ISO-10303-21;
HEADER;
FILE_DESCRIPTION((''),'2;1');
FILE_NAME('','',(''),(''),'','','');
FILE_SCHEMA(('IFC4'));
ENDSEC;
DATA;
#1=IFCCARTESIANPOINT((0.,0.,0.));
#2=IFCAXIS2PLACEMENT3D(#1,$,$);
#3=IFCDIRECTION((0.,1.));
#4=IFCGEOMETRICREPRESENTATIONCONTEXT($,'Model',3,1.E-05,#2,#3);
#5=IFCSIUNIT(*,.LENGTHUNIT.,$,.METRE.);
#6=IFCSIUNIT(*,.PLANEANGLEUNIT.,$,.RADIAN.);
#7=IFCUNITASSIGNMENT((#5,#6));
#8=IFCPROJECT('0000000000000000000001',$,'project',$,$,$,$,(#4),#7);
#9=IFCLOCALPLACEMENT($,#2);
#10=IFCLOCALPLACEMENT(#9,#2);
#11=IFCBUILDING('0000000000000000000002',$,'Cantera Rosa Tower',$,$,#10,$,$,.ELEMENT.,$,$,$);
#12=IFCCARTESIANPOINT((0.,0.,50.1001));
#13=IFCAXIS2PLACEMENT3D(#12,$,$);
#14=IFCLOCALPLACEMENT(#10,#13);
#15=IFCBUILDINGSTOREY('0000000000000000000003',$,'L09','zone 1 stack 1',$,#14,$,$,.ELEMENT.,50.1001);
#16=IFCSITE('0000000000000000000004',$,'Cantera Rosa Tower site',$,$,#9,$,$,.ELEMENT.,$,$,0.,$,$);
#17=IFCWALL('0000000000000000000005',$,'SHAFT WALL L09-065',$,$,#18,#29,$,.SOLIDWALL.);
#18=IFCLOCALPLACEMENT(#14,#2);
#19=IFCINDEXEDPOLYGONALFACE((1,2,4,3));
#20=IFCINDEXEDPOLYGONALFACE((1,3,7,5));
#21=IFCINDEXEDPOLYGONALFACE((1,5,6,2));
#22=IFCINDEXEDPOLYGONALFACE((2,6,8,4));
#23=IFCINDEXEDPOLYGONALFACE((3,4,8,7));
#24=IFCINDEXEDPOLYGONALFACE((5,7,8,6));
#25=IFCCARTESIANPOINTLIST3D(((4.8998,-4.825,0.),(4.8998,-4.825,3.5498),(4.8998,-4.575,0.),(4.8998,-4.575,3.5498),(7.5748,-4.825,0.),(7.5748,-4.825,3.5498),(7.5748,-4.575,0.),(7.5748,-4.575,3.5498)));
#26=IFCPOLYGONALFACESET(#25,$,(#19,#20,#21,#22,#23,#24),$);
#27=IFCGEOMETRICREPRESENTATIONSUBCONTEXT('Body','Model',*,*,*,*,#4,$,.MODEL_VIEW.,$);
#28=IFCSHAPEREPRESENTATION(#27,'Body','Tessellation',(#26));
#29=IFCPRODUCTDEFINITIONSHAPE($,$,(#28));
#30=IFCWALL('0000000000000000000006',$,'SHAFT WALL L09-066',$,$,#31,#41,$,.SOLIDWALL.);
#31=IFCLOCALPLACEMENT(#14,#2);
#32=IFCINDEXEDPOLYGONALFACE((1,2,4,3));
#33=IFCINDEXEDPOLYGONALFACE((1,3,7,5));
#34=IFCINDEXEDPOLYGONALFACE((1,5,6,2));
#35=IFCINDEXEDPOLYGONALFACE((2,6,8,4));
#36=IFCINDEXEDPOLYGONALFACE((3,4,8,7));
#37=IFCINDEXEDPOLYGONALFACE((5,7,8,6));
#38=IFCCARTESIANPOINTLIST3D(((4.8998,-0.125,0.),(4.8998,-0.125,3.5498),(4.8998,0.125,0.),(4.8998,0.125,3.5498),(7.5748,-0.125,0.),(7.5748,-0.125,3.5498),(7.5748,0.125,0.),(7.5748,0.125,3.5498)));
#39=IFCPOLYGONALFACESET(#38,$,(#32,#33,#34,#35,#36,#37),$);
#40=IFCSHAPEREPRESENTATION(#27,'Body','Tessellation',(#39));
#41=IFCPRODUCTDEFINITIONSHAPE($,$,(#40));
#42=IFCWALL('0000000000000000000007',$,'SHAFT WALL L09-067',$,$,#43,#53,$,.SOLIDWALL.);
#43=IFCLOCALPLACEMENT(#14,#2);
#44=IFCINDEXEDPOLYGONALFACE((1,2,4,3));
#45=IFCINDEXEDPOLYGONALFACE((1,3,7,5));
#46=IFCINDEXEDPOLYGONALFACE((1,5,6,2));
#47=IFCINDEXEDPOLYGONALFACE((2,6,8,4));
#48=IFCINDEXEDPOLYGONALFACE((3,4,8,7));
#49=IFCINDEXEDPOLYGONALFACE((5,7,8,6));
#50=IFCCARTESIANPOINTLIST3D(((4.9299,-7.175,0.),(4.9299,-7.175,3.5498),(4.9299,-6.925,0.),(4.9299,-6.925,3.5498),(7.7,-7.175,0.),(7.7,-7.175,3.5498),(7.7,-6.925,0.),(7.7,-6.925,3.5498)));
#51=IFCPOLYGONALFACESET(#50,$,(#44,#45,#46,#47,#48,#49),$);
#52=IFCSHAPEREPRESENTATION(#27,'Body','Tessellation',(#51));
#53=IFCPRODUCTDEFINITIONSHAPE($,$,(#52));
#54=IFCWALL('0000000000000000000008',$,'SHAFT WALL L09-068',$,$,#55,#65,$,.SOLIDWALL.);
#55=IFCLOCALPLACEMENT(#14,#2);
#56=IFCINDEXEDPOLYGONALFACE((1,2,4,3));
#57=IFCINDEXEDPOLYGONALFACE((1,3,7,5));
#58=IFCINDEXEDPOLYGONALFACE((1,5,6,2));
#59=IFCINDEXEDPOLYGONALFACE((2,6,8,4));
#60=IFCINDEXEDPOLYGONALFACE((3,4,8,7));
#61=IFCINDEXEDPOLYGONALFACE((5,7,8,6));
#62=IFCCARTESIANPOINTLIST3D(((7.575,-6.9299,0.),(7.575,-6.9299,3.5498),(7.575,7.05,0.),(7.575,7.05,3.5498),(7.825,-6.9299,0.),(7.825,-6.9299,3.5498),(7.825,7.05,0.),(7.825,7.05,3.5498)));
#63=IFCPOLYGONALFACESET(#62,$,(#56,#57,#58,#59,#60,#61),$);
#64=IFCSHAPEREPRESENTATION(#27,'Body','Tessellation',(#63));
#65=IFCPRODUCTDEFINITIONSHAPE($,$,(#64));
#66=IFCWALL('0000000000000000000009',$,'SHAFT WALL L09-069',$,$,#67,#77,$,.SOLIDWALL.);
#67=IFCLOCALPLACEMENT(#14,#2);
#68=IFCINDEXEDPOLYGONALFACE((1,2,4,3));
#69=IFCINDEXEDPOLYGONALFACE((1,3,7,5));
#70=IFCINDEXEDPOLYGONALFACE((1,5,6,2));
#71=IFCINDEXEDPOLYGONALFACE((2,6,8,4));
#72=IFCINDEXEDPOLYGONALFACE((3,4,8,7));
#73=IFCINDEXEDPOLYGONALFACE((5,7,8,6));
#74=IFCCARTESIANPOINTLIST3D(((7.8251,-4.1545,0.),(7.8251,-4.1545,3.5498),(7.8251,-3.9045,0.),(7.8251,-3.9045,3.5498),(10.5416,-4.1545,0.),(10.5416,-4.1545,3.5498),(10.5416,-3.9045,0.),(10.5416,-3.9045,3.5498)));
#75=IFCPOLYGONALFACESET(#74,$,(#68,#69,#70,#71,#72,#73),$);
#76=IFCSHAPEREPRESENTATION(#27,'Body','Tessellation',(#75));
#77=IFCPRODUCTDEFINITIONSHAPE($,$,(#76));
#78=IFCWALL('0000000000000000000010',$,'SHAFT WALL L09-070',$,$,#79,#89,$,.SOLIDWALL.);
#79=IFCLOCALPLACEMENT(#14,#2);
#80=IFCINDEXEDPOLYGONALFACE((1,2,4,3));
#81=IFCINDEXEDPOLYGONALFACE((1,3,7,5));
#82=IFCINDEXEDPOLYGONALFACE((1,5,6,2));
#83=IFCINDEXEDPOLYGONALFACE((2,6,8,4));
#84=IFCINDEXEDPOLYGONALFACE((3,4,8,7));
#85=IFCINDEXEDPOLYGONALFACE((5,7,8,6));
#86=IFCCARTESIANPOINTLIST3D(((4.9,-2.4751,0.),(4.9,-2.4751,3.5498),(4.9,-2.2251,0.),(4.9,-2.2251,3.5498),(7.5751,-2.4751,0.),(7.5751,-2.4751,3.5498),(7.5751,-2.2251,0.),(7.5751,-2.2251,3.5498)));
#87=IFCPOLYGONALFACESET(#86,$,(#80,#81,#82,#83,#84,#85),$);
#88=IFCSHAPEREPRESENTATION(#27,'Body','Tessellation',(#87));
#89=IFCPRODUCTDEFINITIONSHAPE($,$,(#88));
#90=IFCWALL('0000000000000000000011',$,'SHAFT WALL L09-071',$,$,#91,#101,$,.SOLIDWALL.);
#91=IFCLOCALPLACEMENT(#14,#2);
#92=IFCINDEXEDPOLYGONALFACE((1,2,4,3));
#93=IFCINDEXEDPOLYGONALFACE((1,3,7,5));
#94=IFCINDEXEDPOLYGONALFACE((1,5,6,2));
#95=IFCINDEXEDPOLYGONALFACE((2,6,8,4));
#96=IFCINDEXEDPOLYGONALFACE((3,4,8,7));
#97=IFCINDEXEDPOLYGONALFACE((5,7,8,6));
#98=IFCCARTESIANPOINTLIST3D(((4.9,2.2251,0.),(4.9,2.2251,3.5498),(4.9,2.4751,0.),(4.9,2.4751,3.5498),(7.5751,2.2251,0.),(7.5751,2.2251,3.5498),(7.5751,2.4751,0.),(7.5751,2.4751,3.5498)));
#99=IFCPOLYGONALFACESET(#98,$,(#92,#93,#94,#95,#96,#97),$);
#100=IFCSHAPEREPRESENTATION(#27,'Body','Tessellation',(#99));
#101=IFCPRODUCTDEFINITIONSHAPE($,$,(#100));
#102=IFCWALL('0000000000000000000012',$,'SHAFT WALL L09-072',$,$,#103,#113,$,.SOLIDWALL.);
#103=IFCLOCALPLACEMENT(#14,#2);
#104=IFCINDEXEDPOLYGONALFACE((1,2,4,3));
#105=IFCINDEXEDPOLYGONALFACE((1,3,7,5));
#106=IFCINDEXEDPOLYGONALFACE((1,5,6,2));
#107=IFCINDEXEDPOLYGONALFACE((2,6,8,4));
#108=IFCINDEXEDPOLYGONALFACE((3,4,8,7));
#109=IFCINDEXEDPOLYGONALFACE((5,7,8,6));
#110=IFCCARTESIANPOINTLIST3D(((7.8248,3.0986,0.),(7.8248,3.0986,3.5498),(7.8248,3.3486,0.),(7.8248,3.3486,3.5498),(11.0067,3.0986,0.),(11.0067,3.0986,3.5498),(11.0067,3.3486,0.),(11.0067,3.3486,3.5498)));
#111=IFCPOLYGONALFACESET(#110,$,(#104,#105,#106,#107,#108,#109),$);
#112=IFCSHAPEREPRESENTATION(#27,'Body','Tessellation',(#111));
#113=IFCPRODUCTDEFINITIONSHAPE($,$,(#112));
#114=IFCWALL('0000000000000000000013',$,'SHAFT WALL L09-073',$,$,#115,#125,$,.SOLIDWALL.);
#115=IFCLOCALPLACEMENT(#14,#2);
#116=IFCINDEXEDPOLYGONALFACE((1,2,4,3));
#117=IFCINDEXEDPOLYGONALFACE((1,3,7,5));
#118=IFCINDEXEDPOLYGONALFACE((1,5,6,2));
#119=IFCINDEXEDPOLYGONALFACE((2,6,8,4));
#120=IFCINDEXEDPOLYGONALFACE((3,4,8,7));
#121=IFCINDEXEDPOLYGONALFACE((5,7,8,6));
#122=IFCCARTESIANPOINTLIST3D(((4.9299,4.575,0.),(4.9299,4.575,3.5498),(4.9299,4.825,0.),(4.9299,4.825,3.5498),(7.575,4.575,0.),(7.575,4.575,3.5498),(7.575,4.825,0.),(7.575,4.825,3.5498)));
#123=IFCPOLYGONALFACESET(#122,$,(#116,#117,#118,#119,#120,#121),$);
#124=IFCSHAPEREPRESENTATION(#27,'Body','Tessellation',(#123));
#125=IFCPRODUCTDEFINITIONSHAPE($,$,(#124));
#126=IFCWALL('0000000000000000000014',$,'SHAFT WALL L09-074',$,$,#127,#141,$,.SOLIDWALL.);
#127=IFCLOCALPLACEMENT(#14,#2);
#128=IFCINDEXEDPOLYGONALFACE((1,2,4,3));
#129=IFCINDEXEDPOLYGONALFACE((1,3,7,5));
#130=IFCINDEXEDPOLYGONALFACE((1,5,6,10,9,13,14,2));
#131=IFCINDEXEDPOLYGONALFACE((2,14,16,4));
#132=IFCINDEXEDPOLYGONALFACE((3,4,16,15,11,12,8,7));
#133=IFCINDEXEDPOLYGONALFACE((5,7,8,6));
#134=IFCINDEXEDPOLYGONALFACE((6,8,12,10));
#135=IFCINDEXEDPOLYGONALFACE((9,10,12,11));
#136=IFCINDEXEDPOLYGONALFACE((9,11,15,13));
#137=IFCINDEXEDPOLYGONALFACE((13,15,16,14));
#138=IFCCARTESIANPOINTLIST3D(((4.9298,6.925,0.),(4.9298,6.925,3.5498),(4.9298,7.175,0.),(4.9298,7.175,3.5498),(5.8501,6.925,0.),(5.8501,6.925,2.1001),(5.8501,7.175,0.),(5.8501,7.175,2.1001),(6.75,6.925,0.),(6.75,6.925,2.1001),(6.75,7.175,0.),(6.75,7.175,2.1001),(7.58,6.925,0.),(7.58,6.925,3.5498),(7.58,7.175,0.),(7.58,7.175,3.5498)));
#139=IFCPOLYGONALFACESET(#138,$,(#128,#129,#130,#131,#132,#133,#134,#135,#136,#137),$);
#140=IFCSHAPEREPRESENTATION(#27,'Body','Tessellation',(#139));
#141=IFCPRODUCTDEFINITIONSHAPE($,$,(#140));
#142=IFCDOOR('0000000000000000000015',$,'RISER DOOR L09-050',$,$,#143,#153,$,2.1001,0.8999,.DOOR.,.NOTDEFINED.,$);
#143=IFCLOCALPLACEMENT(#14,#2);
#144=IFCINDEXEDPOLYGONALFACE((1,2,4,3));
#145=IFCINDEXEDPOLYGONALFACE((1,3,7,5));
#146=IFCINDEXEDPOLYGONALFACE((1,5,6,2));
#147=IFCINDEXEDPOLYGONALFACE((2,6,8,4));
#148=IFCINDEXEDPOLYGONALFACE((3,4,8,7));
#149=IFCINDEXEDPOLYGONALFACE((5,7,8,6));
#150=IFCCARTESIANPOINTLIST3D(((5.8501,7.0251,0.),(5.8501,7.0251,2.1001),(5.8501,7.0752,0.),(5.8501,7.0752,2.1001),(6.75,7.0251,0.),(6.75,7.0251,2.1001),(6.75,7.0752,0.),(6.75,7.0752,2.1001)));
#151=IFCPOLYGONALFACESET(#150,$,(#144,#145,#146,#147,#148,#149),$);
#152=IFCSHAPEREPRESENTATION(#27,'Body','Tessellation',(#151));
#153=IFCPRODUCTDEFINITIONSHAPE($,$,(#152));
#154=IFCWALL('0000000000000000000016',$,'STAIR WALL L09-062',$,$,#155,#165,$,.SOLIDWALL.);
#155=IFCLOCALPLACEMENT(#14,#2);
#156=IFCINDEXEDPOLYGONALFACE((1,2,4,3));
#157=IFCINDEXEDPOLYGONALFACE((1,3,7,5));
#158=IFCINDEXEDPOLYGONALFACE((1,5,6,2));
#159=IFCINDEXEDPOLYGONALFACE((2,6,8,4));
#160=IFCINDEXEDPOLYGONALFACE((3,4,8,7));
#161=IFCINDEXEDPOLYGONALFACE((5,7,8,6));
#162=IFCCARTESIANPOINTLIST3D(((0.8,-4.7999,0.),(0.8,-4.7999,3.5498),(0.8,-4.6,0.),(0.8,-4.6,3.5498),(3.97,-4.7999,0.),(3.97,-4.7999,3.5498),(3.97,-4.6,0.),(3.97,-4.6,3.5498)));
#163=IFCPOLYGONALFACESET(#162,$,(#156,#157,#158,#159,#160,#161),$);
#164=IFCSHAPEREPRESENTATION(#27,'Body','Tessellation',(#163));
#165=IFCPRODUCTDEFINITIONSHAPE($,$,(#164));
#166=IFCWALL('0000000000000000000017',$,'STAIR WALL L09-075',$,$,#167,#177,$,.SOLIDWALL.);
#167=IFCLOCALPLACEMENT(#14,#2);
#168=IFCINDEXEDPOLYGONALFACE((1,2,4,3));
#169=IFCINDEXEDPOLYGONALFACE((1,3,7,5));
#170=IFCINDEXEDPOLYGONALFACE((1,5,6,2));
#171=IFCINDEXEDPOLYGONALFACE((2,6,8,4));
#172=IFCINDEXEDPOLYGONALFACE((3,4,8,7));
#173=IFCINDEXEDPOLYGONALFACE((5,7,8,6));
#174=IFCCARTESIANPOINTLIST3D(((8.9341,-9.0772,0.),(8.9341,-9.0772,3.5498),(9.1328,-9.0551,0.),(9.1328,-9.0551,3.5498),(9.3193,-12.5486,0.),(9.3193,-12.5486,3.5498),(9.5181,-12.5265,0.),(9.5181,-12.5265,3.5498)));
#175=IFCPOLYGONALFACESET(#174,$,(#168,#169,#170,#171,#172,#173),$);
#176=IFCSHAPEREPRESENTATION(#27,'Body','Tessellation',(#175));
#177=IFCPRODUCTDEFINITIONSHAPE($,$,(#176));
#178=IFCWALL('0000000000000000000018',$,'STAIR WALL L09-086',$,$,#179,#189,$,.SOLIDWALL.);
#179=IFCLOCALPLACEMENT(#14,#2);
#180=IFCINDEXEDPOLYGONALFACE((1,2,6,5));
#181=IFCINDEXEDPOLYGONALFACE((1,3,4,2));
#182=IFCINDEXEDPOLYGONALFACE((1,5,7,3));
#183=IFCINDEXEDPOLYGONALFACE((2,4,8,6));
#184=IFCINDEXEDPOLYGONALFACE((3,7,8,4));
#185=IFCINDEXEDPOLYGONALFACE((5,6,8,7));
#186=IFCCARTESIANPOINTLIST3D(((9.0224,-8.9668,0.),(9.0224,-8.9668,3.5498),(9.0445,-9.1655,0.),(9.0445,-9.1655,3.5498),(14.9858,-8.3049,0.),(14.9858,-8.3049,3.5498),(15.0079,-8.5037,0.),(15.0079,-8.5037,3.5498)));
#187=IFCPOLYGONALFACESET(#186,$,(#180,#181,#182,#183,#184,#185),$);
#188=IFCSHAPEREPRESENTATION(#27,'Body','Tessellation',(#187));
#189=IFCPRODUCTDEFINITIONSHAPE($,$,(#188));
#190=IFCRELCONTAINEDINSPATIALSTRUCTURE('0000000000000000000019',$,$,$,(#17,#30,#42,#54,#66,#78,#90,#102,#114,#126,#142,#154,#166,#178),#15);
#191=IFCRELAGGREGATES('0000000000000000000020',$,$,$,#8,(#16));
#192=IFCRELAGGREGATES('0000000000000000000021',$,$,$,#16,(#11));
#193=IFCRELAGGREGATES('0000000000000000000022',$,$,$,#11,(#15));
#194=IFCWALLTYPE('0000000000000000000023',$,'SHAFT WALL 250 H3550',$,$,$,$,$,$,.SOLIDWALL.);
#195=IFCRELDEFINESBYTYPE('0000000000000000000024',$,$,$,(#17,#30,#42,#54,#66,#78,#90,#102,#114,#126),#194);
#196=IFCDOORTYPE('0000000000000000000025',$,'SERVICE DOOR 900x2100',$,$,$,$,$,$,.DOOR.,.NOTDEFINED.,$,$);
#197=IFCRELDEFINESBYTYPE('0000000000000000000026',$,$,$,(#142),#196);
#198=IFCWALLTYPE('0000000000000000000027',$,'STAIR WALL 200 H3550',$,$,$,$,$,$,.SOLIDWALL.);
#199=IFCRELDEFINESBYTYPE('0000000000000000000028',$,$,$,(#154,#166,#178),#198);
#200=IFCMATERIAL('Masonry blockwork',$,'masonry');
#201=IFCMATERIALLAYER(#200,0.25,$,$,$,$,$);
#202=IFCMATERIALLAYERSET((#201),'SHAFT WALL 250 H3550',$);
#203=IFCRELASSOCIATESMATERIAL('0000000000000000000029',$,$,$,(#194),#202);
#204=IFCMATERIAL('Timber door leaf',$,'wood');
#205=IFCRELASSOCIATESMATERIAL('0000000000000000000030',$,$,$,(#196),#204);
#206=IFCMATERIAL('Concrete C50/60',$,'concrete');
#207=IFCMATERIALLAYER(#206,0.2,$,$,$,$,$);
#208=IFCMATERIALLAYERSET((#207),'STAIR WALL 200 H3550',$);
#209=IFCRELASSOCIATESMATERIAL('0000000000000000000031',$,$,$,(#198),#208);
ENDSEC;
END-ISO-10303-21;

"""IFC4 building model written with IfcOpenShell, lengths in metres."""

from ifc_helpers import new_model, si_unit, direction, frame, frame_2d, origin, place, context, subcontext, project, spatial, rectangle, extrude, material, layer, layer_set, type_object, element, fill, save


model = new_model("IFC4")

# Units and contexts
model_context = context("Model", 3, precision=1e-05, world=origin(), true_north=direction((0.0, 1.0)))
body_context = subcontext(model_context, "Body", "Model", "MODEL_VIEW")
ifc_project = project(units=[si_unit("LENGTHUNIT", "METRE"), si_unit("PLANEANGLEUNIT", "RADIAN")], contexts=[model_context])

# Site, building, storey
site_placement = place(None, origin())
site = spatial("IfcSite", under=ifc_project, at=site_placement, Name="Cantera Rosa Tower site", CompositionType="ELEMENT", RefElevation=0.0)
building_placement = place(site_placement, origin())
building = spatial("IfcBuilding", under=site, at=building_placement, Name="Cantera Rosa Tower", CompositionType="ELEMENT")
storey_placement = place(building_placement, frame((0.0, 0.0, 50.1001)))
storey = spatial("IfcBuildingStorey", under=building, at=storey_placement, Name="L09", Description="zone 1 stack 1", CompositionType="ELEMENT", Elevation=50.1001)

# Walls
ifc_material_1 = material(Name="Masonry blockwork", Category="masonry")
ifc_layer_1 = layer(ifc_material_1, 0.25)
ifc_layer_set_1 = layer_set([ifc_layer_1], Name="SHAFT WALL 250 H3550")
wall_type_1 = type_object("IfcWallType", Name="SHAFT WALL 250 H3550", PredefinedType="SOLIDWALL", material=ifc_layer_set_1)
for number, where, z_axis, x_axis, name in (
    (1, (4.8999, -4.7, 0.0), (0.0, 0.0, 1.0), (1.0, 0.0, 0.0), "SHAFT WALL L09-065"),
    (2, (4.8999, 0.0, 0.0), (0.0, 0.0, 1.0), (1.0, 0.0, 0.0), "SHAFT WALL L09-066"),
):
    element("IfcWall", number, at=place(storey_placement, frame(where, z_axis=z_axis, x_axis=x_axis)), inside=storey, type_object=wall_type_1, Name=name, PredefinedType="SOLIDWALL", context=body_context, shape_type="SweptSolid", body=[
        extrude(rectangle(XDim=2.675, YDim=0.25, at=frame_2d((1.3374, 0.0))), origin(), (0.0, 0.0, 1.0), 3.5498),
    ])
wall_1_placement = place(storey_placement, frame((4.9299, -7.05, 0.0), z_axis=(0.0, 0.0, 1.0), x_axis=(1.0, 0.0, 0.0)))
element("IfcWall", 3, at=wall_1_placement, inside=storey, type_object=wall_type_1, Name="SHAFT WALL L09-067", PredefinedType="SOLIDWALL", context=body_context, shape_type="SweptSolid", body=[
    extrude(rectangle(XDim=2.77, YDim=0.25, at=frame_2d((1.385, 0.0))), origin(), (0.0, 0.0, 1.0), 3.5498),
])
wall_2_placement = place(storey_placement, frame((7.7, -6.9299, 0.0), z_axis=(0.0, 0.0, 1.0), x_axis=(0.0, 1.0, 0.0)))
element("IfcWall", 4, at=wall_2_placement, inside=storey, type_object=wall_type_1, Name="SHAFT WALL L09-068", PredefinedType="SOLIDWALL", context=body_context, shape_type="SweptSolid", body=[
    extrude(rectangle(XDim=13.98, YDim=0.25, at=frame_2d((6.99, 0.0))), origin(), (0.0, 0.0, 1.0), 3.5498),
])
wall_3_placement = place(storey_placement, frame((7.825, -4.0295, 0.0), z_axis=(0.0, 0.0, 1.0), x_axis=(1.0, 0.0, 0.0)))
element("IfcWall", 5, at=wall_3_placement, inside=storey, type_object=wall_type_1, Name="SHAFT WALL L09-069", PredefinedType="SOLIDWALL", context=body_context, shape_type="SweptSolid", body=[
    extrude(rectangle(XDim=2.7166, YDim=0.25, at=frame_2d((1.3584, 0.0))), origin(), (0.0, 0.0, 1.0), 3.5498),
])
for number, where, z_axis, x_axis, name in (
    (6, (7.575, -2.3501, 0.0), (0.0, 0.0, 1.0), (-1.0, 0.0, 0.0), "SHAFT WALL L09-070"),
    (7, (7.575, 2.3501, 0.0), (0.0, 0.0, 1.0), (-1.0, 0.0, 0.0), "SHAFT WALL L09-071"),
):
    element("IfcWall", number, at=place(storey_placement, frame(where, z_axis=z_axis, x_axis=x_axis)), inside=storey, type_object=wall_type_1, Name=name, PredefinedType="SOLIDWALL", context=body_context, shape_type="SweptSolid", body=[
        extrude(rectangle(XDim=2.675, YDim=0.25, at=frame_2d((1.3374, 0.0))), origin(), (0.0, 0.0, 1.0), 3.5498),
    ])
wall_4_placement = place(storey_placement, frame((7.825, 3.2236, 0.0), z_axis=(0.0, 0.0, 1.0), x_axis=(1.0, 0.0, 0.0)))
element("IfcWall", 8, at=wall_4_placement, inside=storey, type_object=wall_type_1, Name="SHAFT WALL L09-072", PredefinedType="SOLIDWALL", context=body_context, shape_type="SweptSolid", body=[
    extrude(rectangle(XDim=3.1819, YDim=0.25, at=frame_2d((1.5908, 0.0))), origin(), (0.0, 0.0, 1.0), 3.5498),
])
wall_5_placement = place(storey_placement, frame((7.575, 4.7, 0.0), z_axis=(0.0, 0.0, 1.0), x_axis=(-1.0, 0.0, 0.0)))
element("IfcWall", 9, at=wall_5_placement, inside=storey, type_object=wall_type_1, Name="SHAFT WALL L09-073", PredefinedType="SOLIDWALL", context=body_context, shape_type="SweptSolid", body=[
    extrude(rectangle(XDim=2.645, YDim=0.25, at=frame_2d((1.3225, 0.0))), origin(), (0.0, 0.0, 1.0), 3.5498),
])

# Wall, opening, door
wall_6_placement = place(storey_placement, frame((7.5801, 7.05, 0.0), z_axis=(0.0, 0.0, 1.0), x_axis=(-1.0, 0.0, 0.0)))
wall_6 = element("IfcWall", 10, at=wall_6_placement, inside=storey, type_object=wall_type_1, Name="SHAFT WALL L09-074", PredefinedType="SOLIDWALL", context=body_context, shape_type="SweptSolid", body=[
    extrude(rectangle(XDim=2.6501, YDim=0.25, at=frame_2d((1.3252, 0.0))), origin(), (0.0, 0.0, 1.0), 3.5498),
])
opening_1_placement = place(wall_6_placement, frame((0.8301, 0.0, 0.0)))
opening_1 = element("IfcOpeningElement", 11, at=opening_1_placement, cuts=wall_6, PredefinedType="OPENING", context=body_context, shape_type="SweptSolid", body=[
    extrude(rectangle(XDim=0.8999, YDim=2.1001, at=frame_2d((0.45, 1.05))), frame((0.0, 0.135, 0.0), z_axis=(0.0, -1.0, 0.0), x_axis=(1.0, 0.0, 0.0)), (0.0, 0.0, 1.0), 0.27),
])
ifc_material_2 = material(Name="Timber door leaf", Category="wood")
door_type_1 = type_object("IfcDoorType", Name="SERVICE DOOR 900x2100", OperationType="NOTDEFINED", PredefinedType="DOOR", material=ifc_material_2)
door_1_placement = place(opening_1_placement, origin())
door_1 = element("IfcDoor", 12, at=door_1_placement, inside=storey, type_object=door_type_1, Name="RISER DOOR L09-050", OperationType="NOTDEFINED", OverallHeight=2.1001, OverallWidth=0.8999, PredefinedType="DOOR", context=body_context, shape_type="SweptSolid", body=[
    extrude(rectangle(XDim=0.8999, YDim=2.1001, at=frame_2d((0.45, 1.05))), frame((0.0, 0.0249, 0.0), z_axis=(0.0, -1.0, 0.0), x_axis=(1.0, 0.0, 0.0)), (0.0, 0.0, 1.0), 0.05),
])
fill(opening_1, door_1)

# Walls
ifc_material_3 = material(Name="Concrete C50/60", Category="concrete")
ifc_layer_2 = layer(ifc_material_3, 0.2)
ifc_layer_set_2 = layer_set([ifc_layer_2], Name="STAIR WALL 200 H3550")
wall_type_2 = type_object("IfcWallType", Name="STAIR WALL 200 H3550", PredefinedType="SOLIDWALL", material=ifc_layer_set_2)
wall_7_placement = place(storey_placement, frame((3.97, -4.7, 0.0), z_axis=(0.0, 0.0, 1.0), x_axis=(-1.0, 0.0, 0.0)))
element("IfcWall", 13, at=wall_7_placement, inside=storey, type_object=wall_type_2, Name="STAIR WALL L09-062", PredefinedType="SOLIDWALL", context=body_context, shape_type="SweptSolid", body=[
    extrude(rectangle(XDim=3.1699, YDim=0.2, at=frame_2d((1.585, 0.0))), origin(), (0.0, 0.0, 1.0), 3.5498),
])
wall_8_placement = place(storey_placement, frame((9.0334, -9.0662, 0.0), z_axis=(0.0, 0.0, 1.0), x_axis=(0.110301, -0.993898, 0.0)))
element("IfcWall", 14, at=wall_8_placement, inside=storey, type_object=wall_type_2, Name="STAIR WALL L09-075", PredefinedType="SOLIDWALL", context=body_context, shape_type="SweptSolid", body=[
    extrude(rectangle(XDim=3.4927, YDim=0.2, at=frame_2d((1.7463, 0.0))), origin(), (0.0, 0.0, 1.0), 3.5498),
])
wall_9_placement = place(storey_placement, frame((14.9968, -8.4043, 0.0), z_axis=(0.0, 0.0, 1.0), x_axis=(-0.993897, -0.110311, 0.0)))
element("IfcWall", 15, at=wall_9_placement, inside=storey, type_object=wall_type_2, Name="STAIR WALL L09-086", PredefinedType="SOLIDWALL", context=body_context, shape_type="SweptSolid", body=[
    extrude(rectangle(XDim=6.0, YDim=0.2, at=frame_2d((3.0, 0.0))), origin(), (0.0, 0.0, 1.0), 3.5498),
])

save(model, "model.ifc")
